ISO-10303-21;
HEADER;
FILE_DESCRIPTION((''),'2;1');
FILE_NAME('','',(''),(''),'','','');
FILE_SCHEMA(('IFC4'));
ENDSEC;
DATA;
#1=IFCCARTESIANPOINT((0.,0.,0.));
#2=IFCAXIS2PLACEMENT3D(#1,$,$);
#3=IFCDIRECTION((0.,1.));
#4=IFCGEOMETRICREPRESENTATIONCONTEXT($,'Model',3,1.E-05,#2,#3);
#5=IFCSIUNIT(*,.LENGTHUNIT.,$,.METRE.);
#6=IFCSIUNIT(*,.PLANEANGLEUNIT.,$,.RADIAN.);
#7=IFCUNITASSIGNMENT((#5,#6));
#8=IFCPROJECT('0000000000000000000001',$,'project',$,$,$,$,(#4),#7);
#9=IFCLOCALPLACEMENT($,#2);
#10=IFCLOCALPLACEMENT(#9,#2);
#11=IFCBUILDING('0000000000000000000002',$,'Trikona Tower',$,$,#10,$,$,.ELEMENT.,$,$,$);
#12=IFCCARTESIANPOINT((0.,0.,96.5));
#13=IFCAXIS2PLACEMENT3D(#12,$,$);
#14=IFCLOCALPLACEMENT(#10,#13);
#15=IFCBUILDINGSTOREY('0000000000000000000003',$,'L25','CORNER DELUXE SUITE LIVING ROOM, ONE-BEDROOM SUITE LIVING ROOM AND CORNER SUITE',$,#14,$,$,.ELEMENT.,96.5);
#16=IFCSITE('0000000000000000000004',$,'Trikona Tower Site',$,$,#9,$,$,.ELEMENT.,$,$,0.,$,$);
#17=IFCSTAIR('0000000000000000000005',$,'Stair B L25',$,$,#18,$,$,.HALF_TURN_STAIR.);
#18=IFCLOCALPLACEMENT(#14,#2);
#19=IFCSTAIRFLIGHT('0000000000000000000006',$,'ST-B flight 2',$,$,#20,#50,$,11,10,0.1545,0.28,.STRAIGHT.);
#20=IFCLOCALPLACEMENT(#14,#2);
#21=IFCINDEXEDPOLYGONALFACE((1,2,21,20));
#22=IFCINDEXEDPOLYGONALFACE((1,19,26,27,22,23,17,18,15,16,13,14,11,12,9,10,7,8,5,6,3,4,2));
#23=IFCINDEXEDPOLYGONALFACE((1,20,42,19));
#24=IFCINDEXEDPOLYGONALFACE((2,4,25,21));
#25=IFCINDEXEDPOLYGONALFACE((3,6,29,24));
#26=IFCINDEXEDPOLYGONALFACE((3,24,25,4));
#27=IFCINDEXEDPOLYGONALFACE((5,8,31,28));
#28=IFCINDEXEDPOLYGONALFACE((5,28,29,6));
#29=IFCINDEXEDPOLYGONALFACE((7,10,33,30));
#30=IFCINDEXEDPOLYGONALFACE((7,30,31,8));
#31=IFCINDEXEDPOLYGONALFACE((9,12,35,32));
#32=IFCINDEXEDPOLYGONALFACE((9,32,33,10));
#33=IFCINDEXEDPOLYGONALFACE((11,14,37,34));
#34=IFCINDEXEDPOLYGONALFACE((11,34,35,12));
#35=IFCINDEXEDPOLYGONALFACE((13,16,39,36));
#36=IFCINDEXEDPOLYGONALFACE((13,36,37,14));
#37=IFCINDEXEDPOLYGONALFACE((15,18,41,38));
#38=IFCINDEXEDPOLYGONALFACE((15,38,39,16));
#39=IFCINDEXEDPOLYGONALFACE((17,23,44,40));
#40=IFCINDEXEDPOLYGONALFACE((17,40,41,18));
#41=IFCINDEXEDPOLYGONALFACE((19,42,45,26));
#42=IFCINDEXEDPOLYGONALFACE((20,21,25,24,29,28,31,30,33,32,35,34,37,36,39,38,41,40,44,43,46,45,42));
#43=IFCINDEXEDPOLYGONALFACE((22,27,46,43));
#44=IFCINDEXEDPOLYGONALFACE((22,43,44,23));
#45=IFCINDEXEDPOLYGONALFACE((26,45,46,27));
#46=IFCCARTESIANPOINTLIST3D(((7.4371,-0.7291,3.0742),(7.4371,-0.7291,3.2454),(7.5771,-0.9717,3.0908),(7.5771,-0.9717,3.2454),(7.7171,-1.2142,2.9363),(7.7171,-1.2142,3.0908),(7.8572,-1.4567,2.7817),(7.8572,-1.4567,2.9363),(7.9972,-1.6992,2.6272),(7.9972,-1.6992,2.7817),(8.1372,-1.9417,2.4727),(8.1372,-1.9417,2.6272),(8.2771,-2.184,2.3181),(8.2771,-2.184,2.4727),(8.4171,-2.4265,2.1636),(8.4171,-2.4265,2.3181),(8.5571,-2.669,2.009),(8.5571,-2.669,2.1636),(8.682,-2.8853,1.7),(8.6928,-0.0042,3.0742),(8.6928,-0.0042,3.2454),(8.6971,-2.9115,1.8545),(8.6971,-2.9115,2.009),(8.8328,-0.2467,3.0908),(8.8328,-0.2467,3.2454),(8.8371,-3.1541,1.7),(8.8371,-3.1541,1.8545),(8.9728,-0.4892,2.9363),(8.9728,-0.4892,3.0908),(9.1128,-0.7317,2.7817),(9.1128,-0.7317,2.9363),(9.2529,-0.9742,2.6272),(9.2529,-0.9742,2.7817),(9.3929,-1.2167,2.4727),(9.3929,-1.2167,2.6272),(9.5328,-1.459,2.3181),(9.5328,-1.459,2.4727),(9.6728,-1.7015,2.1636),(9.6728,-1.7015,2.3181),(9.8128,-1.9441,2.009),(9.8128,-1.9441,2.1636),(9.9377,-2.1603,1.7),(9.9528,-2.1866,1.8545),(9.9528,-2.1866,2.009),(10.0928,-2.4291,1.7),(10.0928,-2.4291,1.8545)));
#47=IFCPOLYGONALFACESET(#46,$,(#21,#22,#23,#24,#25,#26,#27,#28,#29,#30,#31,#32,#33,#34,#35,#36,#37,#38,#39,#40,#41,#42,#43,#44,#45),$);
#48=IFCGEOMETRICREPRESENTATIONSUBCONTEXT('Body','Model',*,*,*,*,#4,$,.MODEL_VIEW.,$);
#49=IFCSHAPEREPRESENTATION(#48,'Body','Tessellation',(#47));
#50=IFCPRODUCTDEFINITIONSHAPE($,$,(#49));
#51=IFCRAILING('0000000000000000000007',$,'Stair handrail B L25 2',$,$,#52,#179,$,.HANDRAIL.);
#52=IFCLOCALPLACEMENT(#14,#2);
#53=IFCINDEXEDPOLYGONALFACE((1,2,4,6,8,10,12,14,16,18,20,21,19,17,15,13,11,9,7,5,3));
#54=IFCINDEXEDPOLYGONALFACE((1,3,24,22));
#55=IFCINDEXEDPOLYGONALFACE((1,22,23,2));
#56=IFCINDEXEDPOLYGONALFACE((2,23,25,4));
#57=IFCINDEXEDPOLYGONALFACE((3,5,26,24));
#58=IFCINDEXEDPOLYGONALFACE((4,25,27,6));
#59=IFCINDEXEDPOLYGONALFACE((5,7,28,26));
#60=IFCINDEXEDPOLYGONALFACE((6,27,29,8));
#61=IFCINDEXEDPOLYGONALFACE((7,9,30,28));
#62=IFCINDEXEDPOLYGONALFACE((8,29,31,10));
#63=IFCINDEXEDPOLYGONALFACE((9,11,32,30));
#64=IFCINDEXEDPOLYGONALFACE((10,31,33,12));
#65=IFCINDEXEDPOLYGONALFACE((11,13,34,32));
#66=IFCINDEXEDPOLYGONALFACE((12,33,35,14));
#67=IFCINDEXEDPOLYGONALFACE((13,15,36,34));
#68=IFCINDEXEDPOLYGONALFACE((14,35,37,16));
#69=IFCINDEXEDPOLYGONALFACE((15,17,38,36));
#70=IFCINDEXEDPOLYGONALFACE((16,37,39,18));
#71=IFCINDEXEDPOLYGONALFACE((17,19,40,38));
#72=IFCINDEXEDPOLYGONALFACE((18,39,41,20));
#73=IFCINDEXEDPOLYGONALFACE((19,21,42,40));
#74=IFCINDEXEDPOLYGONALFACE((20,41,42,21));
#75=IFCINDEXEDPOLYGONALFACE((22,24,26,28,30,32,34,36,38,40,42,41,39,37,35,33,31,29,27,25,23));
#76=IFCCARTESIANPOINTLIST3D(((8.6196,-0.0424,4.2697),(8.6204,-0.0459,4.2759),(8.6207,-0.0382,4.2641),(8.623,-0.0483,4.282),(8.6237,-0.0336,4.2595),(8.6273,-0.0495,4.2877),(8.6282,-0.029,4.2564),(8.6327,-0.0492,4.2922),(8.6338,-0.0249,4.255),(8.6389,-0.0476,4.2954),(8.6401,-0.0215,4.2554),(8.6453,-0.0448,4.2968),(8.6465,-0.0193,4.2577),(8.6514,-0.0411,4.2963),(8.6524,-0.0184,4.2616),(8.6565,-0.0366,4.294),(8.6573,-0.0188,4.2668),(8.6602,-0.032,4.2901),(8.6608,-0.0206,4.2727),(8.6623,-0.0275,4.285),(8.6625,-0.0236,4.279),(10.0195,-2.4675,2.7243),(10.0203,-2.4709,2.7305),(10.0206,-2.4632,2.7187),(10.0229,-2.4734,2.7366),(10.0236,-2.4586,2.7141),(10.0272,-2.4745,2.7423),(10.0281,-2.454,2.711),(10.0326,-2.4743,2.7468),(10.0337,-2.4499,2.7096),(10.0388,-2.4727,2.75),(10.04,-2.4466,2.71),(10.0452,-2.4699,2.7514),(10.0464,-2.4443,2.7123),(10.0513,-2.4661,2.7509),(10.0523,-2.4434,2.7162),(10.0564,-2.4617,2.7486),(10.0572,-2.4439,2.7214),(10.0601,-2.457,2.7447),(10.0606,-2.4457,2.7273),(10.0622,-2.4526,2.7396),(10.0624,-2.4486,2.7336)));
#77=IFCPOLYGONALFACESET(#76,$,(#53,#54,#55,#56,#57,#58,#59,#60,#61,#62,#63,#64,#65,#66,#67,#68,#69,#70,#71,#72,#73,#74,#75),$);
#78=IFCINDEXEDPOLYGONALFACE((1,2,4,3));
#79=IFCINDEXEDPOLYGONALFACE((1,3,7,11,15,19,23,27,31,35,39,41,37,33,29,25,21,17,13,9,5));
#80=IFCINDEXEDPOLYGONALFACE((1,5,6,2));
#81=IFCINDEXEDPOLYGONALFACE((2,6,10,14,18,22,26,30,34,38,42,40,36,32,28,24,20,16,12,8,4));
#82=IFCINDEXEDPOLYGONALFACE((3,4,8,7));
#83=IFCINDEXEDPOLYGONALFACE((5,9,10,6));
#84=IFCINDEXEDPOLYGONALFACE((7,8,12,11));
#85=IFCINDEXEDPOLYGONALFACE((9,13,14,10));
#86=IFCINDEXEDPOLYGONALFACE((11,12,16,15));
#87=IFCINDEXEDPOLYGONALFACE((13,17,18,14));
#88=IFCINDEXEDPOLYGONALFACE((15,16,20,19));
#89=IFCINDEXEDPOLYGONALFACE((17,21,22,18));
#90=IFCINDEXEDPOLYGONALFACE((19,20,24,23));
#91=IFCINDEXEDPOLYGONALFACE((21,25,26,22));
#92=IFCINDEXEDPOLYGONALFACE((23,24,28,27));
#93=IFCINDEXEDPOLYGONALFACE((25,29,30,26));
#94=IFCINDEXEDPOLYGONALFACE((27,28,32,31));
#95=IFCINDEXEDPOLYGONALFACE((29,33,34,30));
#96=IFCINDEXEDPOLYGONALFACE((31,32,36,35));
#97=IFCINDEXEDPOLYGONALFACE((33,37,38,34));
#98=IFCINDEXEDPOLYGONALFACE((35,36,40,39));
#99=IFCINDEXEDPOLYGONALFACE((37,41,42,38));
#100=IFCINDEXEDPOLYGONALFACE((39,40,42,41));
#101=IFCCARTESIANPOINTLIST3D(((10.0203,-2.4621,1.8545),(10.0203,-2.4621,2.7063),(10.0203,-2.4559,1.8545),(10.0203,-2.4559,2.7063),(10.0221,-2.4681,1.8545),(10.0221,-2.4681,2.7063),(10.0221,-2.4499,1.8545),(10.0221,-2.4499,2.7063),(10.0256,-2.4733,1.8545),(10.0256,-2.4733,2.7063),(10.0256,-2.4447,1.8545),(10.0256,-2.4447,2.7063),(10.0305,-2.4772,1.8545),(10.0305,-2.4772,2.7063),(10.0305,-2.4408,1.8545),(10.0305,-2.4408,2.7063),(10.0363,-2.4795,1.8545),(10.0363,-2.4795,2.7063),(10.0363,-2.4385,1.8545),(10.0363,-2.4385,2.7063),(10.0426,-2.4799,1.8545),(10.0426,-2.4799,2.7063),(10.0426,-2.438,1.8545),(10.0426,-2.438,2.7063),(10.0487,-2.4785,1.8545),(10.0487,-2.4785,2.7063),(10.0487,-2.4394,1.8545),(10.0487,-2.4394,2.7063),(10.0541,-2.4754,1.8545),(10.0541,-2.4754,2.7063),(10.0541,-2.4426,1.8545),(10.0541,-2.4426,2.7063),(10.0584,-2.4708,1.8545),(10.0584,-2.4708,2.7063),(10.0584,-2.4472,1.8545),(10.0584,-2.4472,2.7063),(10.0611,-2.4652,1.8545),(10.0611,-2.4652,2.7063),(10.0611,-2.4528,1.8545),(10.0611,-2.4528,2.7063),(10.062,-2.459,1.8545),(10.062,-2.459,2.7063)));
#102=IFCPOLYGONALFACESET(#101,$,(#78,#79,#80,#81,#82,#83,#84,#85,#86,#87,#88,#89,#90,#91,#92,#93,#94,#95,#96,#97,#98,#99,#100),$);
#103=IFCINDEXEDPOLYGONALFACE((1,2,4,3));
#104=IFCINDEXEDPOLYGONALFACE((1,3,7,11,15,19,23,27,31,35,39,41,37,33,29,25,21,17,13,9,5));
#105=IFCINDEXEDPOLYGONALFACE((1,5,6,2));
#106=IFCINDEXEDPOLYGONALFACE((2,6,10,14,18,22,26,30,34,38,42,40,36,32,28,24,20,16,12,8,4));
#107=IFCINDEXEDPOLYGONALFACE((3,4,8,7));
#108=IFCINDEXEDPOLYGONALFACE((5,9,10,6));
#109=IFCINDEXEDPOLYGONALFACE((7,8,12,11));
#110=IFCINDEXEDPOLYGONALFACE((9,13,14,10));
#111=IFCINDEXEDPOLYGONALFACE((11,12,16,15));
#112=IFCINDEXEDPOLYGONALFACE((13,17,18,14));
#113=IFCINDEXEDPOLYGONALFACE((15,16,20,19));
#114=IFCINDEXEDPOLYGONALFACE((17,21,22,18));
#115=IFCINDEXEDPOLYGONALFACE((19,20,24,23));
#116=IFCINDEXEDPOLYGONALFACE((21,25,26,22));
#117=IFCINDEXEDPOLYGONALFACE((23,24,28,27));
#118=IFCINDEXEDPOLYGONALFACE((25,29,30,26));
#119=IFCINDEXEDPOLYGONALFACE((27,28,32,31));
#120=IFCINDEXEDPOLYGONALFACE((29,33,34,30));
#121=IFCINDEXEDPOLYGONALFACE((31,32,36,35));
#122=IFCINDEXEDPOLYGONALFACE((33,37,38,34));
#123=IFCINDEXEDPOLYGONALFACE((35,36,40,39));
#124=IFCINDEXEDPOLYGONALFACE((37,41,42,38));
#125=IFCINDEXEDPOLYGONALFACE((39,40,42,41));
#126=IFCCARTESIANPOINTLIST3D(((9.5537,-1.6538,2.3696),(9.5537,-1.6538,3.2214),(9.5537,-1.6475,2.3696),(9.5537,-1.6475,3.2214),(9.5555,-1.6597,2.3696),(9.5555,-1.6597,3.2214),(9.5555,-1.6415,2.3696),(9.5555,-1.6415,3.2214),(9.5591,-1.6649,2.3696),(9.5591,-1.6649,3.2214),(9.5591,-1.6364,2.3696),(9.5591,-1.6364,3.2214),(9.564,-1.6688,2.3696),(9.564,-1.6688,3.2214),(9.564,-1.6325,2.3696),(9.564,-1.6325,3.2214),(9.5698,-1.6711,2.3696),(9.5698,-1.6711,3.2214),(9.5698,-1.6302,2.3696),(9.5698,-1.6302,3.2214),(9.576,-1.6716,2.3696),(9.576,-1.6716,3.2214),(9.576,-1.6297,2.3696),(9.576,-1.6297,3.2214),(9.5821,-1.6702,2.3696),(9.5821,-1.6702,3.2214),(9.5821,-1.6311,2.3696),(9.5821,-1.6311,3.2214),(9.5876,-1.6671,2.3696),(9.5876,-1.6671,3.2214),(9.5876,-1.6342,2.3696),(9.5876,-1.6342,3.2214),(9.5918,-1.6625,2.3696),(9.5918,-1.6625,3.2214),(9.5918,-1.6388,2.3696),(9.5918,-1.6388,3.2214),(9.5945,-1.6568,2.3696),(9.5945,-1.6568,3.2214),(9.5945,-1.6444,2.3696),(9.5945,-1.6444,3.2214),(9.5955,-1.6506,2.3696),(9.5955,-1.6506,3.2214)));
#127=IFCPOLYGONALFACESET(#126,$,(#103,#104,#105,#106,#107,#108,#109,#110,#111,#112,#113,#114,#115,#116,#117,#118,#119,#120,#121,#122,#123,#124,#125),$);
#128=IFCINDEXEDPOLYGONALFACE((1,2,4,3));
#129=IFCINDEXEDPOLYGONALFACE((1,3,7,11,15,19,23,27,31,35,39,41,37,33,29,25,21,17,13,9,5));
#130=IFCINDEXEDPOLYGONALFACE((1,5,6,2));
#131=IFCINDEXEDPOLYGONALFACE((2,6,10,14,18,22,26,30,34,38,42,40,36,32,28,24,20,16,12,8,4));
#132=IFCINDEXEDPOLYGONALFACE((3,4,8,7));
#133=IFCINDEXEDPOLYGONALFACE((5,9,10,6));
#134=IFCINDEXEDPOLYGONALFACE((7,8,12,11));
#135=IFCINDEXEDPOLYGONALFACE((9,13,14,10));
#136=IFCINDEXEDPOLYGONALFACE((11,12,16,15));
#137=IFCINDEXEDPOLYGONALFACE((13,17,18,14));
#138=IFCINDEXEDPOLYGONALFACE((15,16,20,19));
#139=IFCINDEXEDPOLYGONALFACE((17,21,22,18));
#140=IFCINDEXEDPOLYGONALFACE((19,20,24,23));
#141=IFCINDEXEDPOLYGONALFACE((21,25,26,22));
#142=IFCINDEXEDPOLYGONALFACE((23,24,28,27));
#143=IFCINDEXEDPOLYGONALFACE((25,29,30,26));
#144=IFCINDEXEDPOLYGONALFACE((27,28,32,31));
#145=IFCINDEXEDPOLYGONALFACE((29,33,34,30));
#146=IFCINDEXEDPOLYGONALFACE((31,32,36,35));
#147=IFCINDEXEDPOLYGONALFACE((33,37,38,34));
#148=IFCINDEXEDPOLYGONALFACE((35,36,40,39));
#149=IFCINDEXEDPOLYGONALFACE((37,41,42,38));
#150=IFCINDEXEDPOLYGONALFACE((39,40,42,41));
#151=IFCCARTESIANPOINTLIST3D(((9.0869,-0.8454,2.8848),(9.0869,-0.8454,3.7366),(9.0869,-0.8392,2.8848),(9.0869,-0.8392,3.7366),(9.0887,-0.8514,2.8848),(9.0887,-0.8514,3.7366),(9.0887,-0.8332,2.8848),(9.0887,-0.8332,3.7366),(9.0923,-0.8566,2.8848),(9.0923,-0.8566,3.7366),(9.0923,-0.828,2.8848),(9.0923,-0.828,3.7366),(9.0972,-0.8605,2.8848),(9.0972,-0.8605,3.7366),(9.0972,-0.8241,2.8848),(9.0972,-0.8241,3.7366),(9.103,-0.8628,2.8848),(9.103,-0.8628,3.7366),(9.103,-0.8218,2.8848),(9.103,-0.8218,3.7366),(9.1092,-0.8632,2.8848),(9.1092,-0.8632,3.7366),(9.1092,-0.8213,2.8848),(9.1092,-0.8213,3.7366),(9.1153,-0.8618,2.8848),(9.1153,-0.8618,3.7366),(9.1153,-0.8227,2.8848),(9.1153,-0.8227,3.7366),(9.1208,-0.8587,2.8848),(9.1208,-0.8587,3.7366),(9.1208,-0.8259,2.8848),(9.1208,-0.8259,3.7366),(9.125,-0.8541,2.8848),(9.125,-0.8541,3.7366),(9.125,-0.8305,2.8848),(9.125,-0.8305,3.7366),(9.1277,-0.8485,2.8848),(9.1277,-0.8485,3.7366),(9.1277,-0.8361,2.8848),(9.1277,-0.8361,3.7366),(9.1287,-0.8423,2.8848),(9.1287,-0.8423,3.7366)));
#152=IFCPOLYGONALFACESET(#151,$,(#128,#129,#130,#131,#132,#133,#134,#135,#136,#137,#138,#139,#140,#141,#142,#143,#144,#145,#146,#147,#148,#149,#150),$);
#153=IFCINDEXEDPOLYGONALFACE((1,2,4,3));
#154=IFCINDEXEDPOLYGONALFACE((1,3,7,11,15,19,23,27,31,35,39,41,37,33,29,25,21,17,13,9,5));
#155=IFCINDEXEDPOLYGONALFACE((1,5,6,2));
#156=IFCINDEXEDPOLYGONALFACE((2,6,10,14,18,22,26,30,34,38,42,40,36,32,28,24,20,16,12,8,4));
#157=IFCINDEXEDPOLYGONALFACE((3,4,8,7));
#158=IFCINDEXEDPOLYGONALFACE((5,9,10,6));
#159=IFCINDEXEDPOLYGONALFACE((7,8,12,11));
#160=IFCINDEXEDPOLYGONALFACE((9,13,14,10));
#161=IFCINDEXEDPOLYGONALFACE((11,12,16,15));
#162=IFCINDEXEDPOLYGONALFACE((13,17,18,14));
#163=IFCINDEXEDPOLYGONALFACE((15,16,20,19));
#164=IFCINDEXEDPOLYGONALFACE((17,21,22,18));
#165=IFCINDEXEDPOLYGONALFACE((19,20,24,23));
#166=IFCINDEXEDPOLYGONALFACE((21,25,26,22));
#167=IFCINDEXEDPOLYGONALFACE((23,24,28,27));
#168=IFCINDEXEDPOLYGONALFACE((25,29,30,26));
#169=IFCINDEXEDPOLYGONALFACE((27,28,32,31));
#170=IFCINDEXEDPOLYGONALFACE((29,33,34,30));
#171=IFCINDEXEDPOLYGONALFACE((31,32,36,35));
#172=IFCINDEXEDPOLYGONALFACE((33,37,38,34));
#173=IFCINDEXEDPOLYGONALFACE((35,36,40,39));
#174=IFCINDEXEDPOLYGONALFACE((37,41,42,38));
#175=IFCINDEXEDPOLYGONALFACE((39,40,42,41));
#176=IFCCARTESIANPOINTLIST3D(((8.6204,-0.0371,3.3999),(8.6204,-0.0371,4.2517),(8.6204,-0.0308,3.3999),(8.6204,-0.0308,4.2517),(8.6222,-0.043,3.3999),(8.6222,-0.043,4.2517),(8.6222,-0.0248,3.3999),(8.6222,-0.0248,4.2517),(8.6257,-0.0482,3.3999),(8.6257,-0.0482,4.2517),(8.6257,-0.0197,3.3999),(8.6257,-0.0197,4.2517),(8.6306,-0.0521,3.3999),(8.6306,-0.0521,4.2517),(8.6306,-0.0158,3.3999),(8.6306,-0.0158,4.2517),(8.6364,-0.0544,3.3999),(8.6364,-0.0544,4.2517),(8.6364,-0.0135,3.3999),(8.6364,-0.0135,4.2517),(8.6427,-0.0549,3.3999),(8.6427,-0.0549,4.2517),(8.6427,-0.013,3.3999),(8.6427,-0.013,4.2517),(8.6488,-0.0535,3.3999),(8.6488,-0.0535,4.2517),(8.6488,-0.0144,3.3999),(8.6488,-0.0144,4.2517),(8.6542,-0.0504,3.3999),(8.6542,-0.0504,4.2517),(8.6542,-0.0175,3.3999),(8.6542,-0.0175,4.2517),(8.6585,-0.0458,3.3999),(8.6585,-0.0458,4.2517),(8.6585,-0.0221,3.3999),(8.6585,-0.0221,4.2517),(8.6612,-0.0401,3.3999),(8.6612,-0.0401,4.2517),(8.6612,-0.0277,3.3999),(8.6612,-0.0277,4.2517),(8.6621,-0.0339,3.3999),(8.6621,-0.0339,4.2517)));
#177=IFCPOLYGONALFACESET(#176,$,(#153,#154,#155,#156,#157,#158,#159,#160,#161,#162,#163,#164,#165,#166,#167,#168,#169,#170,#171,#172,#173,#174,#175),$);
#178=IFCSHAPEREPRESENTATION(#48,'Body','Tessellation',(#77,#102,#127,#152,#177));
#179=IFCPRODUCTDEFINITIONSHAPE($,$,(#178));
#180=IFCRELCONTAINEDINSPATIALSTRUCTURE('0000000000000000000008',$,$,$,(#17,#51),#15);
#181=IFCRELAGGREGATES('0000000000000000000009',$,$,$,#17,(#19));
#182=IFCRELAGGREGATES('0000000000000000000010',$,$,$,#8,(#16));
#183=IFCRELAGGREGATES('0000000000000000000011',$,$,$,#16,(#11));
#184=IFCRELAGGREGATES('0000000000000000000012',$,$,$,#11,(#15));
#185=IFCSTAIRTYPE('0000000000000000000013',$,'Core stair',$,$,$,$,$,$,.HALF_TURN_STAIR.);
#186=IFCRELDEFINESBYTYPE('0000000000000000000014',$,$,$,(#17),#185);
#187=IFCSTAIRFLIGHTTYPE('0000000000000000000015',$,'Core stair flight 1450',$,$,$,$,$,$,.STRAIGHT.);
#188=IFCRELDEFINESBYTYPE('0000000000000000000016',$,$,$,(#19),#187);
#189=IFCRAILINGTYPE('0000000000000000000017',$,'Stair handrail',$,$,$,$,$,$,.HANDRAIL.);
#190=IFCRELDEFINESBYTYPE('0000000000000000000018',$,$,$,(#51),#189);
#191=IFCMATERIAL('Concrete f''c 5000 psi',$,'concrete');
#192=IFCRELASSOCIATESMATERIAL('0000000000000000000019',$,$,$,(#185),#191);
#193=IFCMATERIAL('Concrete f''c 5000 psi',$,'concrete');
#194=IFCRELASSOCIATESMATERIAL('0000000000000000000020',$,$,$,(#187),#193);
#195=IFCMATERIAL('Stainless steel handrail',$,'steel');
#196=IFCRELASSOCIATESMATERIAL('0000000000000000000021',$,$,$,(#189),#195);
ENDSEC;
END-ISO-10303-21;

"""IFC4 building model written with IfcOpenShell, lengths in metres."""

from ifc_helpers import new_model, si_unit, direction, frame, origin, origin_2d, place, context, subcontext, project, spatial, polyline, circle, outline, extrude, material, type_object, element, aggregate, save


model = new_model("IFC4")

# Units and contexts
model_context = context("Model", 3, precision=1e-05, world=origin(), true_north=direction((0.0, 1.0)))
body_context = subcontext(model_context, "Body", "Model", "MODEL_VIEW")
ifc_project = project(units=[si_unit("LENGTHUNIT", "METRE"), si_unit("PLANEANGLEUNIT", "RADIAN")], contexts=[model_context])

# Site, building, storey
site_placement = place(None, origin())
site = spatial("IfcSite", under=ifc_project, at=site_placement, Name="Trikona Tower Site", CompositionType="ELEMENT", RefElevation=0.0)
building_placement = place(site_placement, origin())
building = spatial("IfcBuilding", under=site, at=building_placement, Name="Trikona Tower", CompositionType="ELEMENT")
storey_placement = place(building_placement, frame((0.0, 0.0, 96.5)))
storey = spatial("IfcBuildingStorey", under=building, at=storey_placement, Name="L25", Description="CORNER DELUXE SUITE LIVING ROOM, ONE-BEDROOM SUITE LIVING ROOM AND CORNER SUITE", CompositionType="ELEMENT", Elevation=96.5)

# Stair, stair flight
ifc_material_1 = material(Name="Concrete f'c 5000 psi", Category="concrete")
stair_type = type_object("IfcStairType", Name="Core stair", PredefinedType="HALF_TURN_STAIR", material=ifc_material_1)
stair_placement = place(storey_placement, origin())
stair = element("IfcStair", 1, at=stair_placement, inside=storey, type_object=stair_type, Name="Stair B L25", PredefinedType="HALF_TURN_STAIR")
ifc_material_2 = material(Name="Concrete f'c 5000 psi", Category="concrete")
stair_flight_type = type_object("IfcStairFlightType", Name="Core stair flight 1450", PredefinedType="STRAIGHT", material=ifc_material_2)
stair_flight_placement = place(storey_placement, frame((9.4651, -2.7915, 1.7), z_axis=(0.0, 0.0, 1.0), x_axis=(-0.5, 0.866025, 0.0)))
stair_flight = element("IfcStairFlight", 2, at=stair_flight_placement, type_object=stair_flight_type, Name="ST-B flight 2", NumberOfRisers=11, NumberOfTreads=10, PredefinedType="STRAIGHT", RiserHeight=0.1545, TreadLength=0.28, context=body_context, shape_type="SweptSolid", body=[
    extrude(outline(polyline([(0.0, 0.0), (0.0, 0.1545), (0.28, 0.1545), (0.28, 0.3091), (0.5601, 0.3091), (0.5601, 0.4636), (0.8401, 0.4636), (0.8401, 0.6182), (1.1201, 0.6182), (1.1201, 0.7727), (1.3999, 0.7727), (1.3999, 0.9272), (1.6799, 0.9272), (1.6799, 1.0818), (1.96, 1.0818), (1.96, 1.2363), (2.24, 1.2363), (2.24, 1.3909), (2.52, 1.3909), (2.52, 1.5454), (2.8, 1.5454), (2.8, 1.7), (2.8, 1.3743), (0.3103, 0.0), (0.0, 0.0)])), frame((0.0, 0.7251, 0.0), z_axis=(0.0, -1.0, 0.0), x_axis=(1.0, 0.0, 0.0)), (0.0, 0.0, 1.0), 1.45),
])
aggregate(stair, [stair_flight])

# Railing
ifc_material_3 = material(Name="Stainless steel handrail", Category="steel")
railing_type = type_object("IfcRailingType", Name="Stair handrail", PredefinedType="HANDRAIL", material=ifc_material_3)
railing_placement = place(storey_placement, frame((10.041, -2.459, 1.8545)))
element("IfcRailing", 3, at=railing_placement, inside=storey, type_object=railing_type, Name="Stair handrail B L25 2", PredefinedType="HANDRAIL", context=body_context, shape_type="SweptSolid", body=[
    extrude(circle(Radius=0.0239, at=origin_2d()), frame((0.0, 0.0, 0.876), z_axis=(-0.437707, 0.75824, 0.483203), x_axis=(-0.866056, -0.499946, 0.0)), (0.0, 0.0, 1.0), 3.1982),
    extrude(circle(Radius=0.021, at=origin_2d()), origin(), (0.0, 0.0, 1.0), 0.8518),
    extrude(circle(Radius=0.021, at=origin_2d()), frame((-0.4666, 0.8083, 0.5151)), (0.0, 0.0, 1.0), 0.8518),
    extrude(circle(Radius=0.021, at=origin_2d()), frame((-0.9333, 1.6167, 1.0303)), (0.0, 0.0, 1.0), 0.8518),
    extrude(circle(Radius=0.021, at=origin_2d()), frame((-1.3999, 2.425, 1.5454)), (0.0, 0.0, 1.0), 0.8518),
])

save(model, "model.ifc")
